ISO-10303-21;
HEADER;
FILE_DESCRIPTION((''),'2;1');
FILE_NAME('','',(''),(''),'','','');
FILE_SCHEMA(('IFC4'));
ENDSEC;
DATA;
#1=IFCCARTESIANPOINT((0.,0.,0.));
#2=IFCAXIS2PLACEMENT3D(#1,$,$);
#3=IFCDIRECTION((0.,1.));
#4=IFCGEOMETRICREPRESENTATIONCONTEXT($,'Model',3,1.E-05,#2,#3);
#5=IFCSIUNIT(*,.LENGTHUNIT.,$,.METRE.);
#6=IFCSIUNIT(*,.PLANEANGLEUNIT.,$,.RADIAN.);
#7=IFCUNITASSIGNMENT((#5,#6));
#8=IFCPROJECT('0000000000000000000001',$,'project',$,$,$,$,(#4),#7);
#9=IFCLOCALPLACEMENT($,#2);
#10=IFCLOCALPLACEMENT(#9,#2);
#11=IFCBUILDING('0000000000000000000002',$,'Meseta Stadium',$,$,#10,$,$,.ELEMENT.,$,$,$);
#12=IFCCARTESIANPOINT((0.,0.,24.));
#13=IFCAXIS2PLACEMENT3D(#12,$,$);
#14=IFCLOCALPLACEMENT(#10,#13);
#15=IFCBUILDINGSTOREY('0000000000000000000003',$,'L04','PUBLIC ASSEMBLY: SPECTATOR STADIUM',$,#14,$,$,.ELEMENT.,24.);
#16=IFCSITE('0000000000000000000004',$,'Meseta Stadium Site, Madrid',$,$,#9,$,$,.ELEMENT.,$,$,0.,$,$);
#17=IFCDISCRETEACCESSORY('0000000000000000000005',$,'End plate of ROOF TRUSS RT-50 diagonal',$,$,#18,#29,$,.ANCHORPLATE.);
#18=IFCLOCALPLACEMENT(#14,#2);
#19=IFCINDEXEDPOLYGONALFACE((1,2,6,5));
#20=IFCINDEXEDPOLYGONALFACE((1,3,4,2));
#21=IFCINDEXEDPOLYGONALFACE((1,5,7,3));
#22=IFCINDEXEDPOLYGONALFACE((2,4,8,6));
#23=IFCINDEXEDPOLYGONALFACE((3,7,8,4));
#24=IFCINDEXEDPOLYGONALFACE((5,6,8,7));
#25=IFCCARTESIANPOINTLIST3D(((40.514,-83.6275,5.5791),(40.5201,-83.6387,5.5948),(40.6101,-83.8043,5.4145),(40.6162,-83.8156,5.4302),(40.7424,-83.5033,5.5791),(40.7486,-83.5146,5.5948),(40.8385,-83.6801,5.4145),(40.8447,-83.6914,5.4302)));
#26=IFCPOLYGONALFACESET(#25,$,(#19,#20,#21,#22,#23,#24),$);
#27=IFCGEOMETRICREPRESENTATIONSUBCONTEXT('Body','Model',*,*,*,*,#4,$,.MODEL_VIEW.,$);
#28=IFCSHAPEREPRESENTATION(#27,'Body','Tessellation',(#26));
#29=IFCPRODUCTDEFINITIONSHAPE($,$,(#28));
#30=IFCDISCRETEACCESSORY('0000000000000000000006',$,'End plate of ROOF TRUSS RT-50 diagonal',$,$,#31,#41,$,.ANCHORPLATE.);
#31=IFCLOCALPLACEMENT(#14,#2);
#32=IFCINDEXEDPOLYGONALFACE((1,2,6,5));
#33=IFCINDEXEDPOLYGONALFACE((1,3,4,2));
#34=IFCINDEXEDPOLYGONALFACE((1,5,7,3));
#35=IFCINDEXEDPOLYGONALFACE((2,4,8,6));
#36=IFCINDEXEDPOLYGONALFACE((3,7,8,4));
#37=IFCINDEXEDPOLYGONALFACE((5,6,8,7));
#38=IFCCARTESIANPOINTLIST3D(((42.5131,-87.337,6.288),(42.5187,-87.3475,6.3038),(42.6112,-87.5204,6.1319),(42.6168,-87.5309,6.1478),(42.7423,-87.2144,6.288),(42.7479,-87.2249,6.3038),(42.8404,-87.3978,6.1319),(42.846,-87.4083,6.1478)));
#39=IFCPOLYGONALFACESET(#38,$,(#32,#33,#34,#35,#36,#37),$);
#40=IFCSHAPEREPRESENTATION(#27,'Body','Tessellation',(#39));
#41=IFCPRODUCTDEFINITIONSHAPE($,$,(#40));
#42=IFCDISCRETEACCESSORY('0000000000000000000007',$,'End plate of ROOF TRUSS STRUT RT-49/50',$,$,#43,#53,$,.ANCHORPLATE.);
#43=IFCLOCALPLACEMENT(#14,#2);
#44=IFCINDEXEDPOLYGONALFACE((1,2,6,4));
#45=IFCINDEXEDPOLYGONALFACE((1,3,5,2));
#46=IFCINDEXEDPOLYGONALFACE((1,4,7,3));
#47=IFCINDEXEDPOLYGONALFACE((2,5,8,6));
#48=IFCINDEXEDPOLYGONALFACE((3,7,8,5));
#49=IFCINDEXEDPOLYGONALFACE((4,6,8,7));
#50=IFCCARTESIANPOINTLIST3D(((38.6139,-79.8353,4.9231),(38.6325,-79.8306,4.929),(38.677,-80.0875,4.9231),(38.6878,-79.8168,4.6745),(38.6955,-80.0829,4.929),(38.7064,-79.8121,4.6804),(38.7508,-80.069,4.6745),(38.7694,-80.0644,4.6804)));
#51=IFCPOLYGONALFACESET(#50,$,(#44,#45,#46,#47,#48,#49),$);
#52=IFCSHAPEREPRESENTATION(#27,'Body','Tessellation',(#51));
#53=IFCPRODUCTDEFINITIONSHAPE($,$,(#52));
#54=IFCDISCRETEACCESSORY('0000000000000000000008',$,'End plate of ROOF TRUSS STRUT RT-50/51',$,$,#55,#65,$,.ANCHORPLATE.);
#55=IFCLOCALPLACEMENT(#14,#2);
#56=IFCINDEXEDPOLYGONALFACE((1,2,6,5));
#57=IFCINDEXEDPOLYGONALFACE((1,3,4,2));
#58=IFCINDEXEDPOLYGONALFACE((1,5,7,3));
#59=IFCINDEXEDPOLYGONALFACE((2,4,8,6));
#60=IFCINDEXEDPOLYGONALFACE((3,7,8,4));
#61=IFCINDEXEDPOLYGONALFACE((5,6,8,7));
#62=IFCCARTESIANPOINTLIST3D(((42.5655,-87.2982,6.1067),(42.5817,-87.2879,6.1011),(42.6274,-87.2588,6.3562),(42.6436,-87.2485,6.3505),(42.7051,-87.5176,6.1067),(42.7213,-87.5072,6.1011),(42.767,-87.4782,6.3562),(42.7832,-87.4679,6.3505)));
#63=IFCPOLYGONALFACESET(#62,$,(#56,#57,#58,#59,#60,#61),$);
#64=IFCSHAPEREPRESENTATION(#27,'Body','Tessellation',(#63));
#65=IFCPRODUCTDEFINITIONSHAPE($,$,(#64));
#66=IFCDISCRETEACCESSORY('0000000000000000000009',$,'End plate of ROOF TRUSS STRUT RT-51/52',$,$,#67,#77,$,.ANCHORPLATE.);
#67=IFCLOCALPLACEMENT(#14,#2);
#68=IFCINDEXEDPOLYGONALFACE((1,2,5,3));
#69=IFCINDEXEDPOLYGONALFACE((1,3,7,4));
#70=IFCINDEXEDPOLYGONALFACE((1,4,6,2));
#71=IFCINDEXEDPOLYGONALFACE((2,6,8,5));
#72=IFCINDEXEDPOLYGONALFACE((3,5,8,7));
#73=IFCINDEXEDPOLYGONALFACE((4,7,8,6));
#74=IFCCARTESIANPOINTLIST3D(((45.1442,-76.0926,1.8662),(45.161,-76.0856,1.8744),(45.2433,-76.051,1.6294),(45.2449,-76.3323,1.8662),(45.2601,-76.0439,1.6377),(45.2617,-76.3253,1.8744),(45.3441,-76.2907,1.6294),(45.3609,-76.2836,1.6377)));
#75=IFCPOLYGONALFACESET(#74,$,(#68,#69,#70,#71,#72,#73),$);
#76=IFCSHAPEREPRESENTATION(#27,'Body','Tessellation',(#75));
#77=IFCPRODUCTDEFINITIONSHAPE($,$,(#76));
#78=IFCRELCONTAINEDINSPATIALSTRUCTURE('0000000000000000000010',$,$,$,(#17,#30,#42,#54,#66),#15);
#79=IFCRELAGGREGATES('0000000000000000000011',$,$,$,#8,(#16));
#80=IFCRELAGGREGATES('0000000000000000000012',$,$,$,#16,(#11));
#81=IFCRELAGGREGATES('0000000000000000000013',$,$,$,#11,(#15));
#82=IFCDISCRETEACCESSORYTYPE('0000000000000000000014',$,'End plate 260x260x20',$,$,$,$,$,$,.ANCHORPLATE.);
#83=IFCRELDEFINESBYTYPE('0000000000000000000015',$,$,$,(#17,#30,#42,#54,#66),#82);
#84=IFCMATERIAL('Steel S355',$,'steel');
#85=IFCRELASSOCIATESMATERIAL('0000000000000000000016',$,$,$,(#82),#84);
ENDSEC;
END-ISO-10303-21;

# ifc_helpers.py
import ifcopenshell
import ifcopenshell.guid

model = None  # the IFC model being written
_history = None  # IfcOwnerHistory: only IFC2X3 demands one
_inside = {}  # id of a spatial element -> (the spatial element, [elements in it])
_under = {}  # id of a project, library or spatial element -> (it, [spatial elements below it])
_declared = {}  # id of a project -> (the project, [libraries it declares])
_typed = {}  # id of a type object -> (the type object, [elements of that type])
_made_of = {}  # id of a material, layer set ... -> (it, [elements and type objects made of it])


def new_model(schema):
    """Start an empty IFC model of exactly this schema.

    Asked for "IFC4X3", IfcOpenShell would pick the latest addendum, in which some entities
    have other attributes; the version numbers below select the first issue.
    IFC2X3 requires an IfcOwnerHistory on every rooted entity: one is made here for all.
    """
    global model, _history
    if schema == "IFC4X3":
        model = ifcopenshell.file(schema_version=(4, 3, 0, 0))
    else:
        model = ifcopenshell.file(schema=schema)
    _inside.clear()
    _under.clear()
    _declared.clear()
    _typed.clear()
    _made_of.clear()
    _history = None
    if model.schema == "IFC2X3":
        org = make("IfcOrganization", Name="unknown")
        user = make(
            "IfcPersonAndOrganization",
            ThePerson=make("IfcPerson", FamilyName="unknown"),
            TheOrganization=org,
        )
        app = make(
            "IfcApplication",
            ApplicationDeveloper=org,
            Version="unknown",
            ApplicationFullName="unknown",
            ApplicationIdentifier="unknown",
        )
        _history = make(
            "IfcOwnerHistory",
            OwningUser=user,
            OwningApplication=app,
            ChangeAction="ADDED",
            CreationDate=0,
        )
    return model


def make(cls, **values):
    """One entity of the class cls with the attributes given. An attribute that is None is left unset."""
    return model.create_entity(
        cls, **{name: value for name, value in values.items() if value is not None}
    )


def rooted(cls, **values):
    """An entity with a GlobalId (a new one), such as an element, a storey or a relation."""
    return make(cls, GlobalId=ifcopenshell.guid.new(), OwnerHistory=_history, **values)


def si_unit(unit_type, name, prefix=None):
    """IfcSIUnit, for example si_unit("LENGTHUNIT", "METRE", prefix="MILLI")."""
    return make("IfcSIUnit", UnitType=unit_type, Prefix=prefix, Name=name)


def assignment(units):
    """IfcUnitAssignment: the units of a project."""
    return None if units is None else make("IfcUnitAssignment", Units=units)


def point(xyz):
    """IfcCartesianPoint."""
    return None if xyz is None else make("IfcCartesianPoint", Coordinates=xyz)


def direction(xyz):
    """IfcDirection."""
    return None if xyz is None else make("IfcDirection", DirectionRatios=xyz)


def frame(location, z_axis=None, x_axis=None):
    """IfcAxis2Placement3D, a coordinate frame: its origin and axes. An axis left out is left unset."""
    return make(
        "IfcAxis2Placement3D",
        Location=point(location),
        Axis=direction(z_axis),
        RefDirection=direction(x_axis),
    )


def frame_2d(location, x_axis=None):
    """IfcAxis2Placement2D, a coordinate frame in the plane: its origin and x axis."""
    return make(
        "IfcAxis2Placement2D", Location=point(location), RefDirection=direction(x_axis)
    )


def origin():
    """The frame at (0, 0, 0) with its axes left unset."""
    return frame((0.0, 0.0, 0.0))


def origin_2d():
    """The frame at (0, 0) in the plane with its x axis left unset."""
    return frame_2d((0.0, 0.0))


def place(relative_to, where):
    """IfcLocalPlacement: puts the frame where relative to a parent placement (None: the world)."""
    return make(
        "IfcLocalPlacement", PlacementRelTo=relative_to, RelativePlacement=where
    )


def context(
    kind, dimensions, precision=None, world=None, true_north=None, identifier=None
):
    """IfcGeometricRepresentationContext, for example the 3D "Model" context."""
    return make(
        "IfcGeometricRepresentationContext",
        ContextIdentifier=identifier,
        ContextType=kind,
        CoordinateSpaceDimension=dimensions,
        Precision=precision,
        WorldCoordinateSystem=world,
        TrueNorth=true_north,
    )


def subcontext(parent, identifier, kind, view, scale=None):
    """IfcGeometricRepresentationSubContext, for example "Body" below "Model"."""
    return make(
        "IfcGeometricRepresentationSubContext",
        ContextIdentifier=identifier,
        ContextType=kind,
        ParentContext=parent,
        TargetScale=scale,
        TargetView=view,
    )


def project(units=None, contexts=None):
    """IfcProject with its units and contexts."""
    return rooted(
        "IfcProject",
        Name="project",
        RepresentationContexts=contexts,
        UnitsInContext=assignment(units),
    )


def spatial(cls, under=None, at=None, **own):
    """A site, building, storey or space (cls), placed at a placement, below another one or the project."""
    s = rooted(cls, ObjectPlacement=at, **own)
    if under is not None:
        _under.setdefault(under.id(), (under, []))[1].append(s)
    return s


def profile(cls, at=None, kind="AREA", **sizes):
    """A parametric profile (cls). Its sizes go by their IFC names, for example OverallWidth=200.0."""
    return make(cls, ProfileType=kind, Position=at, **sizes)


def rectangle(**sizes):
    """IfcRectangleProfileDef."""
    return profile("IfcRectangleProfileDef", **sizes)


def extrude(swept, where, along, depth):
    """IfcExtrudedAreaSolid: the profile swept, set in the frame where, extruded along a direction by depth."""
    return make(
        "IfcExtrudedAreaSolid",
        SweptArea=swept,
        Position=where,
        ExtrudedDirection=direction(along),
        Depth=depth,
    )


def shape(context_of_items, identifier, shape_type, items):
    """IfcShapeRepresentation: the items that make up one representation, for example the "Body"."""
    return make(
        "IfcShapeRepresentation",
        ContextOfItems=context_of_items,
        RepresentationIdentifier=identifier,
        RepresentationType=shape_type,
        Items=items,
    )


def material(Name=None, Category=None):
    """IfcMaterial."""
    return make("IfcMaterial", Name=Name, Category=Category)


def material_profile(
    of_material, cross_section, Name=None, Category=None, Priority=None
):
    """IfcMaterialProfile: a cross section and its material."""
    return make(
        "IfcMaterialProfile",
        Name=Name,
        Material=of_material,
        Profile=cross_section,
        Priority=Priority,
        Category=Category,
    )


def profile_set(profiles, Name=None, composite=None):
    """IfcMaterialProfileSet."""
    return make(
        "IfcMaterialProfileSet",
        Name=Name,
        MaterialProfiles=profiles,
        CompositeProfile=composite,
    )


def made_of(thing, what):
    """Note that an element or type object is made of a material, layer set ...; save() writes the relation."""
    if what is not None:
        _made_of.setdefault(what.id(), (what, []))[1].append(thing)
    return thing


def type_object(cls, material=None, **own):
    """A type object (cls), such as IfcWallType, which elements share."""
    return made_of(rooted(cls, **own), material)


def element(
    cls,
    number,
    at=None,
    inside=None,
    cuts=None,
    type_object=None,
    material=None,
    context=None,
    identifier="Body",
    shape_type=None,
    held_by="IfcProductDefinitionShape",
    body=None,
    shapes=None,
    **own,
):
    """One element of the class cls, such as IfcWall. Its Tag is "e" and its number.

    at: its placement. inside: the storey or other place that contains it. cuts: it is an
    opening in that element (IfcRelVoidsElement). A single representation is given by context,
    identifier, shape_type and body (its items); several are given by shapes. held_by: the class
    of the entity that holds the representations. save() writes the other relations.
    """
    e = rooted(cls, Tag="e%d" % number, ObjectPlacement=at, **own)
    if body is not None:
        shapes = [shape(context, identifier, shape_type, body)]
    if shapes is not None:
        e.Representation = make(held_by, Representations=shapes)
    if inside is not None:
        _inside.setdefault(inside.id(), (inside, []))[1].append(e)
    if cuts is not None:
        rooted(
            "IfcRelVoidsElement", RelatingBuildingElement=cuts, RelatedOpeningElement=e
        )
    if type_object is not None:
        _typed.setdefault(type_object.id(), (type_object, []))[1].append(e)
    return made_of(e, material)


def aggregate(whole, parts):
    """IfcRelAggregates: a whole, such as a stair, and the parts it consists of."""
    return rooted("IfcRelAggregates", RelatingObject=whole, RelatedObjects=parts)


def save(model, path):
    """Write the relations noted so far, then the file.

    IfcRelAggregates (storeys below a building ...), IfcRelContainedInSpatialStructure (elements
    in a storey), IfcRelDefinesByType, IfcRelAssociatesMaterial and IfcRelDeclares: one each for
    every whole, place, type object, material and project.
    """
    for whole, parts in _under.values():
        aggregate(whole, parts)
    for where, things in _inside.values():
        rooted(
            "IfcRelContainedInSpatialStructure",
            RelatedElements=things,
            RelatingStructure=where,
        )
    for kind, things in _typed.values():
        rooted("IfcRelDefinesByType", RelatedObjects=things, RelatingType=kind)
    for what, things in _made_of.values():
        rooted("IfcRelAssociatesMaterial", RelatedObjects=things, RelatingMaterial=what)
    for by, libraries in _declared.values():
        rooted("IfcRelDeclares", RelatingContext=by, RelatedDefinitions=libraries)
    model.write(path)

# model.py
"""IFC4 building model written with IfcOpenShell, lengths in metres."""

from ifc_helpers import new_model, si_unit, direction, frame, origin, origin_2d, place, context, subcontext, project, spatial, rectangle, extrude, material, material_profile, profile_set, type_object, element, save


model = new_model("IFC4")

# Units and contexts
model_context = context("Model", 3, precision=1e-05, world=origin(), true_north=direction((0.0, 1.0)))
body_context = subcontext(model_context, "Body", "Model", "MODEL_VIEW")
ifc_project = project(units=[si_unit("LENGTHUNIT", "METRE"), si_unit("PLANEANGLEUNIT", "RADIAN")], contexts=[model_context])

# Site, building, storey
site_placement = place(None, origin())
site = spatial("IfcSite", under=ifc_project, at=site_placement, Name="Meseta Stadium Site, Madrid", CompositionType="ELEMENT", RefElevation=0.0)
building_placement = place(site_placement, origin())
building = spatial("IfcBuilding", under=site, at=building_placement, Name="Meseta Stadium", CompositionType="ELEMENT")
storey_placement = place(building_placement, frame((0.0, 0.0, 24.0)))
storey = spatial("IfcBuildingStorey", under=building, at=storey_placement, Name="L04", Description="PUBLIC ASSEMBLY: SPECTATOR STADIUM", CompositionType="ELEMENT", Elevation=24.0)

# Discrete accessories
ifc_material_1 = material(Name="Steel S355", Category="steel")
ifc_material_profile_1 = material_profile(ifc_material_1, rectangle(XDim=0.26, YDim=0.26, at=origin_2d()), Name="PL 260x260")
ifc_profile_set_1 = profile_set([ifc_material_profile_1], Name="Steel S355")
discrete_accessory_type_1 = type_object("IfcDiscreteAccessoryType", Name="End plate 260x260x20", PredefinedType="ANCHORPLATE", material=ifc_profile_set_1)
discrete_accessory_1_placement = place(storey_placement, frame((40.6763, -83.6538, 5.4968), z_axis=(0.302348, -0.55632, 0.774011), x_axis=(0.878625, 0.477513, 0.0)))
element("IfcDiscreteAccessory", 1, at=discrete_accessory_1_placement, inside=storey, type_object=discrete_accessory_type_1, Name="End plate of ROOF TRUSS RT-50 diagonal", PredefinedType="ANCHORPLATE", context=body_context, shape_type="SweptSolid", body=[
    extrude(rectangle(XDim=0.26, YDim=0.26, at=origin_2d()), origin(), (0.0, 0.0, 1.0), 0.0203),
])
discrete_accessory_2_placement = place(storey_placement, frame((42.6768, -87.3674, 6.21), z_axis=(0.283046, -0.529173, 0.799913), x_axis=(0.881785, 0.471652, 0.0)))
element("IfcDiscreteAccessory", 2, at=discrete_accessory_2_placement, inside=storey, type_object=discrete_accessory_type_1, Name="End plate of ROOF TRUSS RT-50 diagonal", PredefinedType="ANCHORPLATE", context=body_context, shape_type="SweptSolid", body=[
    extrude(rectangle(XDim=0.26, YDim=0.26, at=origin_2d()), origin(), (0.0, 0.0, 1.0), 0.0198),
])
for number, where, z_axis, x_axis, name in (
    (3, (38.6824, -79.9521, 4.7988), (0.927588, 0.231897, 0.292923), (-0.242536, 0.970143, 0.0), "End plate of ROOF TRUSS STRUT RT-49/50"),
    (4, (42.6663, -87.3882, 6.2314), (0.809405, 0.515076, -0.282065), (-0.536875, 0.843661, 0.0), "End plate of ROOF TRUSS STRUT RT-50/51"),
    (5, (45.2441, -76.1917, 1.7478), (0.839344, 0.352768, 0.41359), (-0.38746, 0.921887, 0.0), "End plate of ROOF TRUSS STRUT RT-51/52"),
):
    element("IfcDiscreteAccessory", number, at=place(storey_placement, frame(where, z_axis=z_axis, x_axis=x_axis)), inside=storey, type_object=discrete_accessory_type_1, Name=name, PredefinedType="ANCHORPLATE", context=body_context, shape_type="SweptSolid", body=[
        extrude(rectangle(XDim=0.26, YDim=0.26, at=origin_2d()), origin(), (0.0, 0.0, 1.0), 0.02),
    ])

save(model, "model.ifc")
